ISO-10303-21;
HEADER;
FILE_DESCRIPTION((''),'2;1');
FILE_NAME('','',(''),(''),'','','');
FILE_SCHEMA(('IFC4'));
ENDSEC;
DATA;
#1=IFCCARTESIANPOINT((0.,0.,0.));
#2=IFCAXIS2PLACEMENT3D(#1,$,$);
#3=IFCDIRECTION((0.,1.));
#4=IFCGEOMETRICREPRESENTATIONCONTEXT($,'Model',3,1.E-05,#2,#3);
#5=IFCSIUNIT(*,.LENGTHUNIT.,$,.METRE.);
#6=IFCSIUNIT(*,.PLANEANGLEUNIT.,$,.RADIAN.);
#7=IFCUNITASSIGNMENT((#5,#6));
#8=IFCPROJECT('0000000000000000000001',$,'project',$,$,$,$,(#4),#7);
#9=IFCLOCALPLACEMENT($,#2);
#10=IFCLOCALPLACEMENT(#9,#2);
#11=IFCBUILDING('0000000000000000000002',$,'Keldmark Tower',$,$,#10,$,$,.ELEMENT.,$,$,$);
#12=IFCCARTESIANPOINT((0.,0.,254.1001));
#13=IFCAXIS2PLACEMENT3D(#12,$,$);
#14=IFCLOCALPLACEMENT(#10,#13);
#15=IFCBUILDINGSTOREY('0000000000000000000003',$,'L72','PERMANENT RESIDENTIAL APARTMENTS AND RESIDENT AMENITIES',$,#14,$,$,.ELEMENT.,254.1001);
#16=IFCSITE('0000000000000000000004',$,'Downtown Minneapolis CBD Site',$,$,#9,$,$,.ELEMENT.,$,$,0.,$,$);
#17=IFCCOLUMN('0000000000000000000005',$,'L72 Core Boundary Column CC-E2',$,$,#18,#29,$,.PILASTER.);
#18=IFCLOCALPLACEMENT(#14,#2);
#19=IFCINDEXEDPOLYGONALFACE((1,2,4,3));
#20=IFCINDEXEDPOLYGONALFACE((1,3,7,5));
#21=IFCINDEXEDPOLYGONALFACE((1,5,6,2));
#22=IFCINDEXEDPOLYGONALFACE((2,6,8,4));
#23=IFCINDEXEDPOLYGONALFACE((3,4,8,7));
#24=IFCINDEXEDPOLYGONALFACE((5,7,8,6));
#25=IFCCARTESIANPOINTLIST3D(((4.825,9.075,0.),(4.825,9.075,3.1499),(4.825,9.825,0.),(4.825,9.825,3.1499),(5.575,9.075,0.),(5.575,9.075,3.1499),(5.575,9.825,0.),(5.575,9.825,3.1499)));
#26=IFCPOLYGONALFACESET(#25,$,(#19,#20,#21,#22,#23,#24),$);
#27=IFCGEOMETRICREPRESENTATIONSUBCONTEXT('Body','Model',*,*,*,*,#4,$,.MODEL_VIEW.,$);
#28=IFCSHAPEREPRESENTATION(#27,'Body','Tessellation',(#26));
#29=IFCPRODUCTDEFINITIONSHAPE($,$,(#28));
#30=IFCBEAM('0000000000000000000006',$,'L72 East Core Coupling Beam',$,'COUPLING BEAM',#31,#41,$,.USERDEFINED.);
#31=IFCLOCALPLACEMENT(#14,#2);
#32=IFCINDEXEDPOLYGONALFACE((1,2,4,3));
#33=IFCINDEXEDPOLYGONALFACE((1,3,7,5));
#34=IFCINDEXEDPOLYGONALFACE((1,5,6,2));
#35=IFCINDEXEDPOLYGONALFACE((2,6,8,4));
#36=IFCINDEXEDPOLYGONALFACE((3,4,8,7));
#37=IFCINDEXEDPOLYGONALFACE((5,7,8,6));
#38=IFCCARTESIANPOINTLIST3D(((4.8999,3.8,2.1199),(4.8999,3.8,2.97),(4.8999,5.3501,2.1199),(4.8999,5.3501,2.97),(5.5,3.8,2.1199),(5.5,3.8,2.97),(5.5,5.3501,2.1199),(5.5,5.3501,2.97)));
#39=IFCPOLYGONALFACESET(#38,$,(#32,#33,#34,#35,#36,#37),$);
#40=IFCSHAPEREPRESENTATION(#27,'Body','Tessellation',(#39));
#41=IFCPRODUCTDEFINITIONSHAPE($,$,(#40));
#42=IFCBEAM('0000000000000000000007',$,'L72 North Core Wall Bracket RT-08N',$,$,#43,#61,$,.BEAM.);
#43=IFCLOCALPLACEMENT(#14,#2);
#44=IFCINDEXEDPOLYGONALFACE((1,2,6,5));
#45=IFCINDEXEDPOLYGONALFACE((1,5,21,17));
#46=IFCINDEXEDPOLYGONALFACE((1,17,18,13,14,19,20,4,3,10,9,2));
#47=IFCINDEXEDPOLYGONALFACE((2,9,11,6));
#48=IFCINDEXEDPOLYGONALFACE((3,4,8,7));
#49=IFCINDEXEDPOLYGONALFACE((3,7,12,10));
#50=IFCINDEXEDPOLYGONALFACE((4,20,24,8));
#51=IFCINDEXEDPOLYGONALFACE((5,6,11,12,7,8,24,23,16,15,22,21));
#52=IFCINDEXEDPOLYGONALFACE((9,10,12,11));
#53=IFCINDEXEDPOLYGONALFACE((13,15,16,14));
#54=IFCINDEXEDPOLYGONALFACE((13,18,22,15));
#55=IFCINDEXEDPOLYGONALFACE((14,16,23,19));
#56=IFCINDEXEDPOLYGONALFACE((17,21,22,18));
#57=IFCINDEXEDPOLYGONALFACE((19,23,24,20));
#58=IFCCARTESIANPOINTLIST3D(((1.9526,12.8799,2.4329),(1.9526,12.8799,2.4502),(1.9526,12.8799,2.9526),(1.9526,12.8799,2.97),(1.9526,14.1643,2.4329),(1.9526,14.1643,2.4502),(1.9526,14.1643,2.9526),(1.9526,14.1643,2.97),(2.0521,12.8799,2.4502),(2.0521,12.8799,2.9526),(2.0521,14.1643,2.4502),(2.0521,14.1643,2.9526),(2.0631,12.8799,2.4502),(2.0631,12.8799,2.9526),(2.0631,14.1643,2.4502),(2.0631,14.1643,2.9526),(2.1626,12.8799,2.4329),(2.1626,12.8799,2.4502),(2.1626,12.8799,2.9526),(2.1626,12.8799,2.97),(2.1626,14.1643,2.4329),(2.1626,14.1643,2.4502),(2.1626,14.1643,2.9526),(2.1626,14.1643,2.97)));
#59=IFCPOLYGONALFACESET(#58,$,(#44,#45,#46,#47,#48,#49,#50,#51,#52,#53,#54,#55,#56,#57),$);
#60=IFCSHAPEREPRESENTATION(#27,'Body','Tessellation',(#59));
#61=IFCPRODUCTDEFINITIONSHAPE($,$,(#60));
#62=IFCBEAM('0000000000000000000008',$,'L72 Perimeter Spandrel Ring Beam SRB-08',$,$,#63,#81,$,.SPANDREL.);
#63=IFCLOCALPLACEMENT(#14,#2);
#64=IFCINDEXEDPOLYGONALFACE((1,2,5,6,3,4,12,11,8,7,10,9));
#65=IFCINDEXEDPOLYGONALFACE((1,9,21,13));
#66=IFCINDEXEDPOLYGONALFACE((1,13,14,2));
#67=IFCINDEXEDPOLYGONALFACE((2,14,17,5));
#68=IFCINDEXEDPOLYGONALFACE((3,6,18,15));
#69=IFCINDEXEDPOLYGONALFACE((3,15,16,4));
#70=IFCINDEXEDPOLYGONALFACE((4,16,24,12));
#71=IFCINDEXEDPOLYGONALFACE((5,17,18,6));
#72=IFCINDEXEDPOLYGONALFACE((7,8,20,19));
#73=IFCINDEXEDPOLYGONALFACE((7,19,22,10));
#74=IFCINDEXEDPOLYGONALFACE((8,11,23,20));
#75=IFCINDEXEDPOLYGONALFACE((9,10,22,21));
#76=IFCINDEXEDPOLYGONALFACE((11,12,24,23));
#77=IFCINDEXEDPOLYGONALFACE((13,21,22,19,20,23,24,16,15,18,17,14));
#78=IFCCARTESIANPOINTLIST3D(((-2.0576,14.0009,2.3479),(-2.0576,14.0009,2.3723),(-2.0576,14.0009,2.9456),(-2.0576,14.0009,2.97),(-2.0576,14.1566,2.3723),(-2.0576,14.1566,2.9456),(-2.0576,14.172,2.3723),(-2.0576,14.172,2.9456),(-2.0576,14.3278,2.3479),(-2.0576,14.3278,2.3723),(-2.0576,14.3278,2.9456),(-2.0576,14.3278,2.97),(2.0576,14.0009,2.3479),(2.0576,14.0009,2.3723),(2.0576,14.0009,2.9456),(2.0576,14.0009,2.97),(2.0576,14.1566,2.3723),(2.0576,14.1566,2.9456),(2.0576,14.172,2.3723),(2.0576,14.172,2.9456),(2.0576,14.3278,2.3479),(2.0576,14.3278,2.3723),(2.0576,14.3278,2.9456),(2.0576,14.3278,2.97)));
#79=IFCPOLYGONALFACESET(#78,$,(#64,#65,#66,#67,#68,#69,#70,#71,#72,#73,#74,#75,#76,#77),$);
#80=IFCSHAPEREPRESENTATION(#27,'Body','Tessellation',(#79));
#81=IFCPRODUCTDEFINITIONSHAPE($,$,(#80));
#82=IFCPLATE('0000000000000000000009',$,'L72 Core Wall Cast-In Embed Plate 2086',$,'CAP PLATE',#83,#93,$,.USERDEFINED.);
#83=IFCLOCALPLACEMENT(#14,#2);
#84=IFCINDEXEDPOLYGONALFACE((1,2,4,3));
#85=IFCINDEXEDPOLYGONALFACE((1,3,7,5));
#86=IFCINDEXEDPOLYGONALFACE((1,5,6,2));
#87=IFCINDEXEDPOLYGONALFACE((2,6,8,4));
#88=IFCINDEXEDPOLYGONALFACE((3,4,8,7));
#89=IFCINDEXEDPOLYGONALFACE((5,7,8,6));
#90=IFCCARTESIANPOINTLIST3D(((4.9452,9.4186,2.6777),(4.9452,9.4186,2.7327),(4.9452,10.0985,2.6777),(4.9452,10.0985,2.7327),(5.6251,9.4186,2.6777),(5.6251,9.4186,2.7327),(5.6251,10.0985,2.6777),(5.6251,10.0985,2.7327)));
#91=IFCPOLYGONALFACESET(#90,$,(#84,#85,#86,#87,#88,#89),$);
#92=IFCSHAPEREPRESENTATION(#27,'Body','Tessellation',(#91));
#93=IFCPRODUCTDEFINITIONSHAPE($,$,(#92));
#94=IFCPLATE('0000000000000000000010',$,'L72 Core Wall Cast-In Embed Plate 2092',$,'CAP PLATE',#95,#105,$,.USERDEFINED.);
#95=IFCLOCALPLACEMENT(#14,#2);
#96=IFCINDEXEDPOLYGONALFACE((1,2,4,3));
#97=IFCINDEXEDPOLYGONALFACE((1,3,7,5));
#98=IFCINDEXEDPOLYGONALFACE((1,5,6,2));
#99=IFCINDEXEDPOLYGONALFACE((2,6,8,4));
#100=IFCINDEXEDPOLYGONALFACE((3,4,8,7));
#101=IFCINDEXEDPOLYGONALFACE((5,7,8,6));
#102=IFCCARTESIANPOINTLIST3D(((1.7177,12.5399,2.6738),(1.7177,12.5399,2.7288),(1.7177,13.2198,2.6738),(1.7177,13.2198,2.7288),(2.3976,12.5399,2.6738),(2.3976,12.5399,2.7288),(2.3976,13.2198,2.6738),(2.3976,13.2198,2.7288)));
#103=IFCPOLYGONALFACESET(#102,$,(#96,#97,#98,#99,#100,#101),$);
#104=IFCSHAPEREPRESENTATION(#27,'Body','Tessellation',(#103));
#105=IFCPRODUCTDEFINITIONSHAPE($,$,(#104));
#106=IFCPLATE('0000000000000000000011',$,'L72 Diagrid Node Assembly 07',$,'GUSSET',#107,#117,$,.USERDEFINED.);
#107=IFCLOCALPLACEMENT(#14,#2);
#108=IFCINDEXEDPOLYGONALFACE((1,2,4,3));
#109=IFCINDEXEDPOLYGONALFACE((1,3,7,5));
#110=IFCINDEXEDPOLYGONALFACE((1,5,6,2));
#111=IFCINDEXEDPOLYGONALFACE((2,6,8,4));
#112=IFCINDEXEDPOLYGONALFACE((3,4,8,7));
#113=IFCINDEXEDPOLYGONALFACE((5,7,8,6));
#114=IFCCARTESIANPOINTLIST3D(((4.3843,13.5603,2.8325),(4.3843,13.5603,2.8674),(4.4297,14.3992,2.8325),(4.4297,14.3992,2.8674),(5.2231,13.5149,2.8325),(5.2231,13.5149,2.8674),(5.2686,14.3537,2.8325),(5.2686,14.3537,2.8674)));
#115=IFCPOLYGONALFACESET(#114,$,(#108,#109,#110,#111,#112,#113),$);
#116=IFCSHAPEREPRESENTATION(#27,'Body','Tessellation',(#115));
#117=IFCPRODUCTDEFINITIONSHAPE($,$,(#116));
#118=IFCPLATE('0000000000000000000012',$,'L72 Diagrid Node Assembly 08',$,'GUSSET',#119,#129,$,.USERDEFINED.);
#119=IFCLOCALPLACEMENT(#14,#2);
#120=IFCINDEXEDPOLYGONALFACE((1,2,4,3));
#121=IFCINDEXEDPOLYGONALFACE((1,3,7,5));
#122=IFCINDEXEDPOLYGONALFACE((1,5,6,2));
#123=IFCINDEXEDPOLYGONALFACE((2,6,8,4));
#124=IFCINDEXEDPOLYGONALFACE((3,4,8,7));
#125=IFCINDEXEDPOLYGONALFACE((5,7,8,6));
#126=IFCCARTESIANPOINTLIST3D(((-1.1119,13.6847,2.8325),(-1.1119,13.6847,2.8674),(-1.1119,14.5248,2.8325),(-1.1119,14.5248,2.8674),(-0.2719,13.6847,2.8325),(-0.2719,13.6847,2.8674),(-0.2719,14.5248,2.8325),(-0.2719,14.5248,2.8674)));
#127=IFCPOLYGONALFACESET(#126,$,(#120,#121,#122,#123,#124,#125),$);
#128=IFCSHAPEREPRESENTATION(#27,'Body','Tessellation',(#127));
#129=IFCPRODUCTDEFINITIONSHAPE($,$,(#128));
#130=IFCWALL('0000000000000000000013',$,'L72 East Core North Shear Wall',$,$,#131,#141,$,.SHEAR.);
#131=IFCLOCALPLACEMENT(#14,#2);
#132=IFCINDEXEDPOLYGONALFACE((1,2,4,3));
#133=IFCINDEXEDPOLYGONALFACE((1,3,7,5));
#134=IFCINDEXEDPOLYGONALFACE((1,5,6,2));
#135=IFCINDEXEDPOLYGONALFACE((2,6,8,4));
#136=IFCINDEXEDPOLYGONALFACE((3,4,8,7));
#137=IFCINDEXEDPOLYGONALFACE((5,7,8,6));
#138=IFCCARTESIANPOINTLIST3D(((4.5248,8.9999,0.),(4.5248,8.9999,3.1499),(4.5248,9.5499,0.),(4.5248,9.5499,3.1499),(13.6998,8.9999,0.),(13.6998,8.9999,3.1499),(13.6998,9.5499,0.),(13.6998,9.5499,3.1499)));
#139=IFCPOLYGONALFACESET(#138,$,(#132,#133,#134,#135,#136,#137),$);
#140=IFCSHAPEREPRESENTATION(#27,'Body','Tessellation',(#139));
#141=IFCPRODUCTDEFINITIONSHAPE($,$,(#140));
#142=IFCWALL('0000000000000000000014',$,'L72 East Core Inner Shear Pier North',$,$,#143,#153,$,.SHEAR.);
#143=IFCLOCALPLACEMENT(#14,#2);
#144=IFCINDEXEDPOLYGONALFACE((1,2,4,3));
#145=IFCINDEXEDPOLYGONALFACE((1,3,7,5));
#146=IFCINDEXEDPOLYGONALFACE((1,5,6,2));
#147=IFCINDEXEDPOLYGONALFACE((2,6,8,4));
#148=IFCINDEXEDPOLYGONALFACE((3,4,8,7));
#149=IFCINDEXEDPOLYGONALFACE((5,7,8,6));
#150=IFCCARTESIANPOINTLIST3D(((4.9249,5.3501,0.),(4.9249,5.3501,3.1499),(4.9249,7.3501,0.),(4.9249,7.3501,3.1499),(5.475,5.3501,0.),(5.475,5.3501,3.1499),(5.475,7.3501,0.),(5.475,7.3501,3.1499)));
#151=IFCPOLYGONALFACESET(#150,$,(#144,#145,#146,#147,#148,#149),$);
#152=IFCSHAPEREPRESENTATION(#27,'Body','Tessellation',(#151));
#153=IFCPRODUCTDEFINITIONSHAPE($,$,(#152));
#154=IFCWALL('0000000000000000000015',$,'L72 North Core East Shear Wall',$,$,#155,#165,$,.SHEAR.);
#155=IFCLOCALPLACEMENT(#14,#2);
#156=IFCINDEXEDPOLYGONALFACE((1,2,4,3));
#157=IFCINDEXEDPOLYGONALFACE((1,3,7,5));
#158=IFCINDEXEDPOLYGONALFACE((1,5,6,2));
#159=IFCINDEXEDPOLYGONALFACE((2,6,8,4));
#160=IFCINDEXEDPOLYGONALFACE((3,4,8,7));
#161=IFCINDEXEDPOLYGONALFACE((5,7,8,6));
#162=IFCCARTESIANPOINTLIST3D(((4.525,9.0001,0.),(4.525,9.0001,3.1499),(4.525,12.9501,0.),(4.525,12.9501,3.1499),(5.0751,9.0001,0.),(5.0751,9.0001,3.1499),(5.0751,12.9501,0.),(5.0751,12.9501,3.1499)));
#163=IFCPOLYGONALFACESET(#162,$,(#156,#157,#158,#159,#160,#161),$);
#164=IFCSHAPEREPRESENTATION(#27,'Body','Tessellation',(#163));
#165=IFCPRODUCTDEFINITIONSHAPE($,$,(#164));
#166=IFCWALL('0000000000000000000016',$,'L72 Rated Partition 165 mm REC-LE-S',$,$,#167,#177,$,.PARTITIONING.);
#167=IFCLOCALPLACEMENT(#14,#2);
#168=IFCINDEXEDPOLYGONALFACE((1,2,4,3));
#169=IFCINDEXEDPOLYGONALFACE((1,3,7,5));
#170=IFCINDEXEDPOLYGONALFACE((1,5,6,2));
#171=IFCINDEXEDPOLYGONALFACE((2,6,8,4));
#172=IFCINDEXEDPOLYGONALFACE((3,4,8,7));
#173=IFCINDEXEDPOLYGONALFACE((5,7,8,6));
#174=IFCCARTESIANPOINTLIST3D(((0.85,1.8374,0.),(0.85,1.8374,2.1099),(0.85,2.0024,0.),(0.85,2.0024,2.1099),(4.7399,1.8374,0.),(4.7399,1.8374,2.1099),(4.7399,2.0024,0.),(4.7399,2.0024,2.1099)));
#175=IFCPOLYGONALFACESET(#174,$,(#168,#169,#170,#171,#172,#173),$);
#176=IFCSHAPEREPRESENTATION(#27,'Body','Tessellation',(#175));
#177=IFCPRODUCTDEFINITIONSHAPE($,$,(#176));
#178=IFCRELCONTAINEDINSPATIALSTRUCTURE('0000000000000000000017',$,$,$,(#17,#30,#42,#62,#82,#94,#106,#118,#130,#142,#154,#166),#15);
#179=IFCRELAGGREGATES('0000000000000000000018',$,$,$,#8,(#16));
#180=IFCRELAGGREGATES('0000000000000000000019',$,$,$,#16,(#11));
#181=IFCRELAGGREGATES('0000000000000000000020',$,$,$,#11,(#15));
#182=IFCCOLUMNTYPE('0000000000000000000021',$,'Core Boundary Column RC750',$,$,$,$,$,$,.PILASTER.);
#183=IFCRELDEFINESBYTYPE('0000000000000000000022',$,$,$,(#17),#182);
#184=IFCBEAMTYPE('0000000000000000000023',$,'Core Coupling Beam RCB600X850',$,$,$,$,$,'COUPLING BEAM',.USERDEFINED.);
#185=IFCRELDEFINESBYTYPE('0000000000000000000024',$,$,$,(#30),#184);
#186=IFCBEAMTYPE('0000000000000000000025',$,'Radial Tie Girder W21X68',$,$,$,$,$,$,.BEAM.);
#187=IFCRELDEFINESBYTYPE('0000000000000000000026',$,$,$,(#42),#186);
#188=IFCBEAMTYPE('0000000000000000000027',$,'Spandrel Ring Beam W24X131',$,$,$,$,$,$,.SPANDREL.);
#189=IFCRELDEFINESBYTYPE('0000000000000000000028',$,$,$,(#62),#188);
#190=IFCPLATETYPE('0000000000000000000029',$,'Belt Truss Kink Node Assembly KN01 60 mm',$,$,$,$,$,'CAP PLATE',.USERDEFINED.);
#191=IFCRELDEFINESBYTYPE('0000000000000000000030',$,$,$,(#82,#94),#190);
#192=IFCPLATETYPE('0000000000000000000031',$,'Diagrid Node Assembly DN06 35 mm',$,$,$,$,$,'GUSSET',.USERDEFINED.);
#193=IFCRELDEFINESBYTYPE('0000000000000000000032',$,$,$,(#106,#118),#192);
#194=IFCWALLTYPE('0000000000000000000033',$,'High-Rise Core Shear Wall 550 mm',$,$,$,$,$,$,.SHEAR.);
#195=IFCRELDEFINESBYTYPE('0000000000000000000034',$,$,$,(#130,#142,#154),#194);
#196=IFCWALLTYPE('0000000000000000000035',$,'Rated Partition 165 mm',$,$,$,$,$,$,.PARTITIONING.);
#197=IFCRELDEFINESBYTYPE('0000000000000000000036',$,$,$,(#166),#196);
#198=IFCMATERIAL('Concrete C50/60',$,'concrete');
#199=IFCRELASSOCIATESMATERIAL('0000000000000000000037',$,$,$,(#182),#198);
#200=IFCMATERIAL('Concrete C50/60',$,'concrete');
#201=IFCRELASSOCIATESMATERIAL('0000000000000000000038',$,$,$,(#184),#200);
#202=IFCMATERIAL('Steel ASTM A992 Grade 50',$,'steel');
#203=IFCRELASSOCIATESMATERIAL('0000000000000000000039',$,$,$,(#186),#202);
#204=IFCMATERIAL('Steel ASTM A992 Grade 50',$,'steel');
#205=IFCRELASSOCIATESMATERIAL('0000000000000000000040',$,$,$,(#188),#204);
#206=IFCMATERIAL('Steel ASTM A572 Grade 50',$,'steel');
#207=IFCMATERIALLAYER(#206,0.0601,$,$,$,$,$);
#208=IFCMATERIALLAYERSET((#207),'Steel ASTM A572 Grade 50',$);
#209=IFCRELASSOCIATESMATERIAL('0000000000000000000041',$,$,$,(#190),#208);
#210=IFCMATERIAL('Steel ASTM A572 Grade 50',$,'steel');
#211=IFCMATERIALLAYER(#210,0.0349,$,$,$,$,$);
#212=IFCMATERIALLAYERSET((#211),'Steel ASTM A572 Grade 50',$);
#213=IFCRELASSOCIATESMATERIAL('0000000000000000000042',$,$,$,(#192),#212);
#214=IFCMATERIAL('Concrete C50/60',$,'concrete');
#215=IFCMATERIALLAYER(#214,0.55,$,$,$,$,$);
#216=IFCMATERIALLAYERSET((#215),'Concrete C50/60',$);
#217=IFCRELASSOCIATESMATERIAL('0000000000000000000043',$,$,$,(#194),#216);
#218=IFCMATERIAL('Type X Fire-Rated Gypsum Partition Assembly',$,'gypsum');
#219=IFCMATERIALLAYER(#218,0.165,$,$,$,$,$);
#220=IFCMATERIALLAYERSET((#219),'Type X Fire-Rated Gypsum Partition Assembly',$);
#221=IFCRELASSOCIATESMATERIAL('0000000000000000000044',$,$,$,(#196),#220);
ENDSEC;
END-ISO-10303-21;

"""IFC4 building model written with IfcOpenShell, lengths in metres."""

from ifc_helpers import new_model, si_unit, direction, frame, frame_2d, origin, origin_2d, place, context, subcontext, project, spatial, rectangle, i_section, extrude, material, layer, layer_set, material_profile, profile_set, type_object, element, save


model = new_model("IFC4")

# Units and contexts
model_context = context("Model", 3, precision=1e-05, world=origin(), true_north=direction((0.0, 1.0)))
body_context = subcontext(model_context, "Body", "Model", "MODEL_VIEW")
ifc_project = project(units=[si_unit("LENGTHUNIT", "METRE"), si_unit("PLANEANGLEUNIT", "RADIAN")], contexts=[model_context])

# Site, building, storey
site_placement = place(None, origin())
site = spatial("IfcSite", under=ifc_project, at=site_placement, Name="Downtown Minneapolis CBD Site", CompositionType="ELEMENT", RefElevation=0.0)
building_placement = place(site_placement, origin())
building = spatial("IfcBuilding", under=site, at=building_placement, Name="Keldmark Tower", CompositionType="ELEMENT")
storey_placement = place(building_placement, frame((0.0, 0.0, 254.1001)))
storey = spatial("IfcBuildingStorey", under=building, at=storey_placement, Name="L72", Description="PERMANENT RESIDENTIAL APARTMENTS AND RESIDENT AMENITIES", CompositionType="ELEMENT", Elevation=254.1001)

# Column
ifc_material_1 = material(Name="Concrete C50/60", Category="concrete")
ifc_material_profile_1 = material_profile(ifc_material_1, rectangle(XDim=0.75, YDim=0.75, at=origin_2d()), Name="RC750X750")
ifc_profile_set_1 = profile_set([ifc_material_profile_1], Name="Concrete C50/60")
column_type = type_object("IfcColumnType", Name="Core Boundary Column RC750", PredefinedType="PILASTER", material=ifc_profile_set_1)
column_placement = place(storey_placement, frame((5.2, 9.45, 0.0), z_axis=(0.0, 0.0, 1.0), x_axis=(1.0, 0.0, 0.0)))
element("IfcColumn", 1, at=column_placement, inside=storey, type_object=column_type, Name="L72 Core Boundary Column CC-E2", PredefinedType="PILASTER", context=body_context, shape_type="SweptSolid", body=[
    extrude(rectangle(XDim=0.75, YDim=0.75, at=origin_2d()), origin(), (0.0, 0.0, 1.0), 3.1499),
])

# Beams
ifc_material_2 = material(Name="Concrete C50/60", Category="concrete")
ifc_material_profile_2 = material_profile(ifc_material_2, rectangle(XDim=0.6001, YDim=0.8501, at=origin_2d()), Name="RCB600X850")
ifc_profile_set_2 = profile_set([ifc_material_profile_2], Name="Concrete C50/60")
beam_type_1 = type_object("IfcBeamType", Name="Core Coupling Beam RCB600X850", ElementType="COUPLING BEAM", PredefinedType="USERDEFINED", material=ifc_profile_set_2)
beam_1_placement = place(storey_placement, frame((5.2, 3.8, 2.5449), z_axis=(0.0, 1.0, 0.0), x_axis=(-1.0, 0.0, 0.0)))
element("IfcBeam", 2, at=beam_1_placement, inside=storey, type_object=beam_type_1, Name="L72 East Core Coupling Beam", ObjectType="COUPLING BEAM", PredefinedType="USERDEFINED", context=body_context, shape_type="SweptSolid", body=[
    extrude(rectangle(XDim=0.6001, YDim=0.8501, at=origin_2d()), origin(), (0.0, 0.0, 1.0), 1.55),
])
ifc_material_3 = material(Name="Steel ASTM A992 Grade 50", Category="steel")
ifc_material_profile_3 = material_profile(ifc_material_3, i_section(OverallWidth=0.21, OverallDepth=0.5371, WebThickness=0.011, FlangeThickness=0.0173, at=origin_2d()), Name="W21X68")
ifc_profile_set_3 = profile_set([ifc_material_profile_3], Name="Steel ASTM A992 Grade 50")
beam_type_2 = type_object("IfcBeamType", Name="Radial Tie Girder W21X68", PredefinedType="BEAM", material=ifc_profile_set_3)
beam_2_placement = place(storey_placement, frame((2.0576, 12.8799, 2.7014), z_axis=(0.0, 1.0, 0.0), x_axis=(-1.0, 0.0, 0.0)))
element("IfcBeam", 3, at=beam_2_placement, inside=storey, type_object=beam_type_2, Name="L72 North Core Wall Bracket RT-08N", PredefinedType="BEAM", context=body_context, shape_type="SweptSolid", body=[
    extrude(i_section(OverallWidth=0.21, OverallDepth=0.5371, WebThickness=0.011, FlangeThickness=0.0173, at=origin_2d()), origin(), (0.0, 0.0, 1.0), 1.2844),
])
ifc_material_4 = material(Name="Steel ASTM A992 Grade 50", Category="steel")
ifc_material_profile_4 = material_profile(ifc_material_4, i_section(OverallWidth=0.3269, OverallDepth=0.6221, WebThickness=0.0154, FlangeThickness=0.0244, at=origin_2d()), Name="W24X131")
ifc_profile_set_4 = profile_set([ifc_material_profile_4], Name="Steel ASTM A992 Grade 50")
beam_type_3 = type_object("IfcBeamType", Name="Spandrel Ring Beam W24X131", PredefinedType="SPANDREL", material=ifc_profile_set_4)
beam_3_placement = place(storey_placement, frame((2.0576, 14.1643, 2.6589), z_axis=(-1.0, 0.0, 0.0), x_axis=(0.0, -1.0, 0.0)))
element("IfcBeam", 4, at=beam_3_placement, inside=storey, type_object=beam_type_3, Name="L72 Perimeter Spandrel Ring Beam SRB-08", PredefinedType="SPANDREL", context=body_context, shape_type="SweptSolid", body=[
    extrude(i_section(OverallWidth=0.3269, OverallDepth=0.6221, WebThickness=0.0154, FlangeThickness=0.0244, at=origin_2d()), origin(), (0.0, 0.0, 1.0), 4.1152),
])

# Plates
ifc_material_5 = material(Name="Steel ASTM A572 Grade 50", Category="steel")
ifc_layer_1 = layer(ifc_material_5, 0.0601)
ifc_layer_set_1 = layer_set([ifc_layer_1], Name="Steel ASTM A572 Grade 50")
plate_type_1 = type_object("IfcPlateType", Name="Belt Truss Kink Node Assembly KN01 60 mm", ElementType="CAP PLATE", PredefinedType="USERDEFINED", material=ifc_layer_set_1)
for number, where, z_axis, x_axis, name in (
    (5, (5.2852, 9.7585, 2.6777), (0.0, 0.0, 1.0), (1.0, 0.0, 0.0), "L72 Core Wall Cast-In Embed Plate 2086"),
    (6, (2.0576, 12.8799, 2.6738), (0.0, 0.0, 1.0), (1.0, 0.0, 0.0), "L72 Core Wall Cast-In Embed Plate 2092"),
):
    element("IfcPlate", number, at=place(storey_placement, frame(where, z_axis=z_axis, x_axis=x_axis)), inside=storey, type_object=plate_type_1, Name=name, ObjectType="CAP PLATE", PredefinedType="USERDEFINED", context=body_context, shape_type="SweptSolid", body=[
        extrude(rectangle(XDim=0.6799, YDim=0.6799, at=origin_2d()), origin(), (0.0, 0.0, 1.0), 0.0549),
    ])
ifc_material_6 = material(Name="Steel ASTM A572 Grade 50", Category="steel")
ifc_layer_2 = layer(ifc_material_6, 0.0349)
ifc_layer_set_2 = layer_set([ifc_layer_2], Name="Steel ASTM A572 Grade 50")
plate_type_2 = type_object("IfcPlateType", Name="Diagrid Node Assembly DN06 35 mm", ElementType="GUSSET", PredefinedType="USERDEFINED", material=ifc_layer_set_2)
for number, where, z_axis, x_axis, name in (
    (7, (4.8264, 13.957, 2.8325), (0.0, 0.0, 1.0), (-0.998537, 0.054079, 0.0), "L72 Diagrid Node Assembly 07"),
    (8, (-0.6919, 14.1047, 2.8325), (0.0, 0.0, 1.0), (-1.0, 0.0, 0.0), "L72 Diagrid Node Assembly 08"),
):
    element("IfcPlate", number, at=place(storey_placement, frame(where, z_axis=z_axis, x_axis=x_axis)), inside=storey, type_object=plate_type_2, Name=name, ObjectType="GUSSET", PredefinedType="USERDEFINED", context=body_context, shape_type="SweptSolid", body=[
        extrude(rectangle(XDim=0.8401, YDim=0.8401, at=origin_2d()), origin(), (0.0, 0.0, 1.0), 0.0349),
    ])

# Walls
ifc_material_7 = material(Name="Concrete C50/60", Category="concrete")
ifc_layer_3 = layer(ifc_material_7, 0.55)
ifc_layer_set_3 = layer_set([ifc_layer_3], Name="Concrete C50/60")
wall_type_1 = type_object("IfcWallType", Name="High-Rise Core Shear Wall 550 mm", PredefinedType="SHEAR", material=ifc_layer_set_3)
wall_1_placement = place(storey_placement, frame((4.5249, 9.2749, 0.0), z_axis=(0.0, 0.0, 1.0), x_axis=(1.0, 0.0, 0.0)))
element("IfcWall", 9, at=wall_1_placement, inside=storey, type_object=wall_type_1, Name="L72 East Core North Shear Wall", PredefinedType="SHEAR", context=body_context, shape_type="SweptSolid", body=[
    extrude(rectangle(XDim=9.175, YDim=0.55, at=frame_2d((4.5874, 0.0))), origin(), (0.0, 0.0, 1.0), 3.1499),
])
wall_2_placement = place(storey_placement, frame((5.2, 5.3501, 0.0), z_axis=(0.0, 0.0, 1.0), x_axis=(0.0, 1.0, 0.0)))
element("IfcWall", 10, at=wall_2_placement, inside=storey, type_object=wall_type_1, Name="L72 East Core Inner Shear Pier North", PredefinedType="SHEAR", context=body_context, shape_type="SweptSolid", body=[
    extrude(rectangle(XDim=2.0, YDim=0.55, at=frame_2d((1.0, 0.0))), origin(), (0.0, 0.0, 1.0), 3.1499),
])
wall_3_placement = place(storey_placement, frame((4.8, 9.0, 0.0), z_axis=(0.0, 0.0, 1.0), x_axis=(0.0, 1.0, 0.0)))
element("IfcWall", 11, at=wall_3_placement, inside=storey, type_object=wall_type_1, Name="L72 North Core East Shear Wall", PredefinedType="SHEAR", context=body_context, shape_type="SweptSolid", body=[
    extrude(rectangle(XDim=3.95, YDim=0.55, at=frame_2d((1.9751, 0.0))), origin(), (0.0, 0.0, 1.0), 3.1499),
])
ifc_material_8 = material(Name="Type X Fire-Rated Gypsum Partition Assembly", Category="gypsum")
ifc_layer_4 = layer(ifc_material_8, 0.165)
ifc_layer_set_4 = layer_set([ifc_layer_4], Name="Type X Fire-Rated Gypsum Partition Assembly")
wall_type_2 = type_object("IfcWallType", Name="Rated Partition 165 mm", PredefinedType="PARTITIONING", material=ifc_layer_set_4)
wall_4_placement = place(storey_placement, frame((0.8501, 1.9199, 0.0), z_axis=(0.0, 0.0, 1.0), x_axis=(1.0, 0.0, 0.0)))
element("IfcWall", 12, at=wall_4_placement, inside=storey, type_object=wall_type_2, Name="L72 Rated Partition 165 mm REC-LE-S", PredefinedType="PARTITIONING", context=body_context, shape_type="SweptSolid", body=[
    extrude(rectangle(XDim=3.8899, YDim=0.165, at=frame_2d((1.9448, 0.0))), origin(), (0.0, 0.0, 1.0), 2.1099),
])

save(model, "model.ifc")
